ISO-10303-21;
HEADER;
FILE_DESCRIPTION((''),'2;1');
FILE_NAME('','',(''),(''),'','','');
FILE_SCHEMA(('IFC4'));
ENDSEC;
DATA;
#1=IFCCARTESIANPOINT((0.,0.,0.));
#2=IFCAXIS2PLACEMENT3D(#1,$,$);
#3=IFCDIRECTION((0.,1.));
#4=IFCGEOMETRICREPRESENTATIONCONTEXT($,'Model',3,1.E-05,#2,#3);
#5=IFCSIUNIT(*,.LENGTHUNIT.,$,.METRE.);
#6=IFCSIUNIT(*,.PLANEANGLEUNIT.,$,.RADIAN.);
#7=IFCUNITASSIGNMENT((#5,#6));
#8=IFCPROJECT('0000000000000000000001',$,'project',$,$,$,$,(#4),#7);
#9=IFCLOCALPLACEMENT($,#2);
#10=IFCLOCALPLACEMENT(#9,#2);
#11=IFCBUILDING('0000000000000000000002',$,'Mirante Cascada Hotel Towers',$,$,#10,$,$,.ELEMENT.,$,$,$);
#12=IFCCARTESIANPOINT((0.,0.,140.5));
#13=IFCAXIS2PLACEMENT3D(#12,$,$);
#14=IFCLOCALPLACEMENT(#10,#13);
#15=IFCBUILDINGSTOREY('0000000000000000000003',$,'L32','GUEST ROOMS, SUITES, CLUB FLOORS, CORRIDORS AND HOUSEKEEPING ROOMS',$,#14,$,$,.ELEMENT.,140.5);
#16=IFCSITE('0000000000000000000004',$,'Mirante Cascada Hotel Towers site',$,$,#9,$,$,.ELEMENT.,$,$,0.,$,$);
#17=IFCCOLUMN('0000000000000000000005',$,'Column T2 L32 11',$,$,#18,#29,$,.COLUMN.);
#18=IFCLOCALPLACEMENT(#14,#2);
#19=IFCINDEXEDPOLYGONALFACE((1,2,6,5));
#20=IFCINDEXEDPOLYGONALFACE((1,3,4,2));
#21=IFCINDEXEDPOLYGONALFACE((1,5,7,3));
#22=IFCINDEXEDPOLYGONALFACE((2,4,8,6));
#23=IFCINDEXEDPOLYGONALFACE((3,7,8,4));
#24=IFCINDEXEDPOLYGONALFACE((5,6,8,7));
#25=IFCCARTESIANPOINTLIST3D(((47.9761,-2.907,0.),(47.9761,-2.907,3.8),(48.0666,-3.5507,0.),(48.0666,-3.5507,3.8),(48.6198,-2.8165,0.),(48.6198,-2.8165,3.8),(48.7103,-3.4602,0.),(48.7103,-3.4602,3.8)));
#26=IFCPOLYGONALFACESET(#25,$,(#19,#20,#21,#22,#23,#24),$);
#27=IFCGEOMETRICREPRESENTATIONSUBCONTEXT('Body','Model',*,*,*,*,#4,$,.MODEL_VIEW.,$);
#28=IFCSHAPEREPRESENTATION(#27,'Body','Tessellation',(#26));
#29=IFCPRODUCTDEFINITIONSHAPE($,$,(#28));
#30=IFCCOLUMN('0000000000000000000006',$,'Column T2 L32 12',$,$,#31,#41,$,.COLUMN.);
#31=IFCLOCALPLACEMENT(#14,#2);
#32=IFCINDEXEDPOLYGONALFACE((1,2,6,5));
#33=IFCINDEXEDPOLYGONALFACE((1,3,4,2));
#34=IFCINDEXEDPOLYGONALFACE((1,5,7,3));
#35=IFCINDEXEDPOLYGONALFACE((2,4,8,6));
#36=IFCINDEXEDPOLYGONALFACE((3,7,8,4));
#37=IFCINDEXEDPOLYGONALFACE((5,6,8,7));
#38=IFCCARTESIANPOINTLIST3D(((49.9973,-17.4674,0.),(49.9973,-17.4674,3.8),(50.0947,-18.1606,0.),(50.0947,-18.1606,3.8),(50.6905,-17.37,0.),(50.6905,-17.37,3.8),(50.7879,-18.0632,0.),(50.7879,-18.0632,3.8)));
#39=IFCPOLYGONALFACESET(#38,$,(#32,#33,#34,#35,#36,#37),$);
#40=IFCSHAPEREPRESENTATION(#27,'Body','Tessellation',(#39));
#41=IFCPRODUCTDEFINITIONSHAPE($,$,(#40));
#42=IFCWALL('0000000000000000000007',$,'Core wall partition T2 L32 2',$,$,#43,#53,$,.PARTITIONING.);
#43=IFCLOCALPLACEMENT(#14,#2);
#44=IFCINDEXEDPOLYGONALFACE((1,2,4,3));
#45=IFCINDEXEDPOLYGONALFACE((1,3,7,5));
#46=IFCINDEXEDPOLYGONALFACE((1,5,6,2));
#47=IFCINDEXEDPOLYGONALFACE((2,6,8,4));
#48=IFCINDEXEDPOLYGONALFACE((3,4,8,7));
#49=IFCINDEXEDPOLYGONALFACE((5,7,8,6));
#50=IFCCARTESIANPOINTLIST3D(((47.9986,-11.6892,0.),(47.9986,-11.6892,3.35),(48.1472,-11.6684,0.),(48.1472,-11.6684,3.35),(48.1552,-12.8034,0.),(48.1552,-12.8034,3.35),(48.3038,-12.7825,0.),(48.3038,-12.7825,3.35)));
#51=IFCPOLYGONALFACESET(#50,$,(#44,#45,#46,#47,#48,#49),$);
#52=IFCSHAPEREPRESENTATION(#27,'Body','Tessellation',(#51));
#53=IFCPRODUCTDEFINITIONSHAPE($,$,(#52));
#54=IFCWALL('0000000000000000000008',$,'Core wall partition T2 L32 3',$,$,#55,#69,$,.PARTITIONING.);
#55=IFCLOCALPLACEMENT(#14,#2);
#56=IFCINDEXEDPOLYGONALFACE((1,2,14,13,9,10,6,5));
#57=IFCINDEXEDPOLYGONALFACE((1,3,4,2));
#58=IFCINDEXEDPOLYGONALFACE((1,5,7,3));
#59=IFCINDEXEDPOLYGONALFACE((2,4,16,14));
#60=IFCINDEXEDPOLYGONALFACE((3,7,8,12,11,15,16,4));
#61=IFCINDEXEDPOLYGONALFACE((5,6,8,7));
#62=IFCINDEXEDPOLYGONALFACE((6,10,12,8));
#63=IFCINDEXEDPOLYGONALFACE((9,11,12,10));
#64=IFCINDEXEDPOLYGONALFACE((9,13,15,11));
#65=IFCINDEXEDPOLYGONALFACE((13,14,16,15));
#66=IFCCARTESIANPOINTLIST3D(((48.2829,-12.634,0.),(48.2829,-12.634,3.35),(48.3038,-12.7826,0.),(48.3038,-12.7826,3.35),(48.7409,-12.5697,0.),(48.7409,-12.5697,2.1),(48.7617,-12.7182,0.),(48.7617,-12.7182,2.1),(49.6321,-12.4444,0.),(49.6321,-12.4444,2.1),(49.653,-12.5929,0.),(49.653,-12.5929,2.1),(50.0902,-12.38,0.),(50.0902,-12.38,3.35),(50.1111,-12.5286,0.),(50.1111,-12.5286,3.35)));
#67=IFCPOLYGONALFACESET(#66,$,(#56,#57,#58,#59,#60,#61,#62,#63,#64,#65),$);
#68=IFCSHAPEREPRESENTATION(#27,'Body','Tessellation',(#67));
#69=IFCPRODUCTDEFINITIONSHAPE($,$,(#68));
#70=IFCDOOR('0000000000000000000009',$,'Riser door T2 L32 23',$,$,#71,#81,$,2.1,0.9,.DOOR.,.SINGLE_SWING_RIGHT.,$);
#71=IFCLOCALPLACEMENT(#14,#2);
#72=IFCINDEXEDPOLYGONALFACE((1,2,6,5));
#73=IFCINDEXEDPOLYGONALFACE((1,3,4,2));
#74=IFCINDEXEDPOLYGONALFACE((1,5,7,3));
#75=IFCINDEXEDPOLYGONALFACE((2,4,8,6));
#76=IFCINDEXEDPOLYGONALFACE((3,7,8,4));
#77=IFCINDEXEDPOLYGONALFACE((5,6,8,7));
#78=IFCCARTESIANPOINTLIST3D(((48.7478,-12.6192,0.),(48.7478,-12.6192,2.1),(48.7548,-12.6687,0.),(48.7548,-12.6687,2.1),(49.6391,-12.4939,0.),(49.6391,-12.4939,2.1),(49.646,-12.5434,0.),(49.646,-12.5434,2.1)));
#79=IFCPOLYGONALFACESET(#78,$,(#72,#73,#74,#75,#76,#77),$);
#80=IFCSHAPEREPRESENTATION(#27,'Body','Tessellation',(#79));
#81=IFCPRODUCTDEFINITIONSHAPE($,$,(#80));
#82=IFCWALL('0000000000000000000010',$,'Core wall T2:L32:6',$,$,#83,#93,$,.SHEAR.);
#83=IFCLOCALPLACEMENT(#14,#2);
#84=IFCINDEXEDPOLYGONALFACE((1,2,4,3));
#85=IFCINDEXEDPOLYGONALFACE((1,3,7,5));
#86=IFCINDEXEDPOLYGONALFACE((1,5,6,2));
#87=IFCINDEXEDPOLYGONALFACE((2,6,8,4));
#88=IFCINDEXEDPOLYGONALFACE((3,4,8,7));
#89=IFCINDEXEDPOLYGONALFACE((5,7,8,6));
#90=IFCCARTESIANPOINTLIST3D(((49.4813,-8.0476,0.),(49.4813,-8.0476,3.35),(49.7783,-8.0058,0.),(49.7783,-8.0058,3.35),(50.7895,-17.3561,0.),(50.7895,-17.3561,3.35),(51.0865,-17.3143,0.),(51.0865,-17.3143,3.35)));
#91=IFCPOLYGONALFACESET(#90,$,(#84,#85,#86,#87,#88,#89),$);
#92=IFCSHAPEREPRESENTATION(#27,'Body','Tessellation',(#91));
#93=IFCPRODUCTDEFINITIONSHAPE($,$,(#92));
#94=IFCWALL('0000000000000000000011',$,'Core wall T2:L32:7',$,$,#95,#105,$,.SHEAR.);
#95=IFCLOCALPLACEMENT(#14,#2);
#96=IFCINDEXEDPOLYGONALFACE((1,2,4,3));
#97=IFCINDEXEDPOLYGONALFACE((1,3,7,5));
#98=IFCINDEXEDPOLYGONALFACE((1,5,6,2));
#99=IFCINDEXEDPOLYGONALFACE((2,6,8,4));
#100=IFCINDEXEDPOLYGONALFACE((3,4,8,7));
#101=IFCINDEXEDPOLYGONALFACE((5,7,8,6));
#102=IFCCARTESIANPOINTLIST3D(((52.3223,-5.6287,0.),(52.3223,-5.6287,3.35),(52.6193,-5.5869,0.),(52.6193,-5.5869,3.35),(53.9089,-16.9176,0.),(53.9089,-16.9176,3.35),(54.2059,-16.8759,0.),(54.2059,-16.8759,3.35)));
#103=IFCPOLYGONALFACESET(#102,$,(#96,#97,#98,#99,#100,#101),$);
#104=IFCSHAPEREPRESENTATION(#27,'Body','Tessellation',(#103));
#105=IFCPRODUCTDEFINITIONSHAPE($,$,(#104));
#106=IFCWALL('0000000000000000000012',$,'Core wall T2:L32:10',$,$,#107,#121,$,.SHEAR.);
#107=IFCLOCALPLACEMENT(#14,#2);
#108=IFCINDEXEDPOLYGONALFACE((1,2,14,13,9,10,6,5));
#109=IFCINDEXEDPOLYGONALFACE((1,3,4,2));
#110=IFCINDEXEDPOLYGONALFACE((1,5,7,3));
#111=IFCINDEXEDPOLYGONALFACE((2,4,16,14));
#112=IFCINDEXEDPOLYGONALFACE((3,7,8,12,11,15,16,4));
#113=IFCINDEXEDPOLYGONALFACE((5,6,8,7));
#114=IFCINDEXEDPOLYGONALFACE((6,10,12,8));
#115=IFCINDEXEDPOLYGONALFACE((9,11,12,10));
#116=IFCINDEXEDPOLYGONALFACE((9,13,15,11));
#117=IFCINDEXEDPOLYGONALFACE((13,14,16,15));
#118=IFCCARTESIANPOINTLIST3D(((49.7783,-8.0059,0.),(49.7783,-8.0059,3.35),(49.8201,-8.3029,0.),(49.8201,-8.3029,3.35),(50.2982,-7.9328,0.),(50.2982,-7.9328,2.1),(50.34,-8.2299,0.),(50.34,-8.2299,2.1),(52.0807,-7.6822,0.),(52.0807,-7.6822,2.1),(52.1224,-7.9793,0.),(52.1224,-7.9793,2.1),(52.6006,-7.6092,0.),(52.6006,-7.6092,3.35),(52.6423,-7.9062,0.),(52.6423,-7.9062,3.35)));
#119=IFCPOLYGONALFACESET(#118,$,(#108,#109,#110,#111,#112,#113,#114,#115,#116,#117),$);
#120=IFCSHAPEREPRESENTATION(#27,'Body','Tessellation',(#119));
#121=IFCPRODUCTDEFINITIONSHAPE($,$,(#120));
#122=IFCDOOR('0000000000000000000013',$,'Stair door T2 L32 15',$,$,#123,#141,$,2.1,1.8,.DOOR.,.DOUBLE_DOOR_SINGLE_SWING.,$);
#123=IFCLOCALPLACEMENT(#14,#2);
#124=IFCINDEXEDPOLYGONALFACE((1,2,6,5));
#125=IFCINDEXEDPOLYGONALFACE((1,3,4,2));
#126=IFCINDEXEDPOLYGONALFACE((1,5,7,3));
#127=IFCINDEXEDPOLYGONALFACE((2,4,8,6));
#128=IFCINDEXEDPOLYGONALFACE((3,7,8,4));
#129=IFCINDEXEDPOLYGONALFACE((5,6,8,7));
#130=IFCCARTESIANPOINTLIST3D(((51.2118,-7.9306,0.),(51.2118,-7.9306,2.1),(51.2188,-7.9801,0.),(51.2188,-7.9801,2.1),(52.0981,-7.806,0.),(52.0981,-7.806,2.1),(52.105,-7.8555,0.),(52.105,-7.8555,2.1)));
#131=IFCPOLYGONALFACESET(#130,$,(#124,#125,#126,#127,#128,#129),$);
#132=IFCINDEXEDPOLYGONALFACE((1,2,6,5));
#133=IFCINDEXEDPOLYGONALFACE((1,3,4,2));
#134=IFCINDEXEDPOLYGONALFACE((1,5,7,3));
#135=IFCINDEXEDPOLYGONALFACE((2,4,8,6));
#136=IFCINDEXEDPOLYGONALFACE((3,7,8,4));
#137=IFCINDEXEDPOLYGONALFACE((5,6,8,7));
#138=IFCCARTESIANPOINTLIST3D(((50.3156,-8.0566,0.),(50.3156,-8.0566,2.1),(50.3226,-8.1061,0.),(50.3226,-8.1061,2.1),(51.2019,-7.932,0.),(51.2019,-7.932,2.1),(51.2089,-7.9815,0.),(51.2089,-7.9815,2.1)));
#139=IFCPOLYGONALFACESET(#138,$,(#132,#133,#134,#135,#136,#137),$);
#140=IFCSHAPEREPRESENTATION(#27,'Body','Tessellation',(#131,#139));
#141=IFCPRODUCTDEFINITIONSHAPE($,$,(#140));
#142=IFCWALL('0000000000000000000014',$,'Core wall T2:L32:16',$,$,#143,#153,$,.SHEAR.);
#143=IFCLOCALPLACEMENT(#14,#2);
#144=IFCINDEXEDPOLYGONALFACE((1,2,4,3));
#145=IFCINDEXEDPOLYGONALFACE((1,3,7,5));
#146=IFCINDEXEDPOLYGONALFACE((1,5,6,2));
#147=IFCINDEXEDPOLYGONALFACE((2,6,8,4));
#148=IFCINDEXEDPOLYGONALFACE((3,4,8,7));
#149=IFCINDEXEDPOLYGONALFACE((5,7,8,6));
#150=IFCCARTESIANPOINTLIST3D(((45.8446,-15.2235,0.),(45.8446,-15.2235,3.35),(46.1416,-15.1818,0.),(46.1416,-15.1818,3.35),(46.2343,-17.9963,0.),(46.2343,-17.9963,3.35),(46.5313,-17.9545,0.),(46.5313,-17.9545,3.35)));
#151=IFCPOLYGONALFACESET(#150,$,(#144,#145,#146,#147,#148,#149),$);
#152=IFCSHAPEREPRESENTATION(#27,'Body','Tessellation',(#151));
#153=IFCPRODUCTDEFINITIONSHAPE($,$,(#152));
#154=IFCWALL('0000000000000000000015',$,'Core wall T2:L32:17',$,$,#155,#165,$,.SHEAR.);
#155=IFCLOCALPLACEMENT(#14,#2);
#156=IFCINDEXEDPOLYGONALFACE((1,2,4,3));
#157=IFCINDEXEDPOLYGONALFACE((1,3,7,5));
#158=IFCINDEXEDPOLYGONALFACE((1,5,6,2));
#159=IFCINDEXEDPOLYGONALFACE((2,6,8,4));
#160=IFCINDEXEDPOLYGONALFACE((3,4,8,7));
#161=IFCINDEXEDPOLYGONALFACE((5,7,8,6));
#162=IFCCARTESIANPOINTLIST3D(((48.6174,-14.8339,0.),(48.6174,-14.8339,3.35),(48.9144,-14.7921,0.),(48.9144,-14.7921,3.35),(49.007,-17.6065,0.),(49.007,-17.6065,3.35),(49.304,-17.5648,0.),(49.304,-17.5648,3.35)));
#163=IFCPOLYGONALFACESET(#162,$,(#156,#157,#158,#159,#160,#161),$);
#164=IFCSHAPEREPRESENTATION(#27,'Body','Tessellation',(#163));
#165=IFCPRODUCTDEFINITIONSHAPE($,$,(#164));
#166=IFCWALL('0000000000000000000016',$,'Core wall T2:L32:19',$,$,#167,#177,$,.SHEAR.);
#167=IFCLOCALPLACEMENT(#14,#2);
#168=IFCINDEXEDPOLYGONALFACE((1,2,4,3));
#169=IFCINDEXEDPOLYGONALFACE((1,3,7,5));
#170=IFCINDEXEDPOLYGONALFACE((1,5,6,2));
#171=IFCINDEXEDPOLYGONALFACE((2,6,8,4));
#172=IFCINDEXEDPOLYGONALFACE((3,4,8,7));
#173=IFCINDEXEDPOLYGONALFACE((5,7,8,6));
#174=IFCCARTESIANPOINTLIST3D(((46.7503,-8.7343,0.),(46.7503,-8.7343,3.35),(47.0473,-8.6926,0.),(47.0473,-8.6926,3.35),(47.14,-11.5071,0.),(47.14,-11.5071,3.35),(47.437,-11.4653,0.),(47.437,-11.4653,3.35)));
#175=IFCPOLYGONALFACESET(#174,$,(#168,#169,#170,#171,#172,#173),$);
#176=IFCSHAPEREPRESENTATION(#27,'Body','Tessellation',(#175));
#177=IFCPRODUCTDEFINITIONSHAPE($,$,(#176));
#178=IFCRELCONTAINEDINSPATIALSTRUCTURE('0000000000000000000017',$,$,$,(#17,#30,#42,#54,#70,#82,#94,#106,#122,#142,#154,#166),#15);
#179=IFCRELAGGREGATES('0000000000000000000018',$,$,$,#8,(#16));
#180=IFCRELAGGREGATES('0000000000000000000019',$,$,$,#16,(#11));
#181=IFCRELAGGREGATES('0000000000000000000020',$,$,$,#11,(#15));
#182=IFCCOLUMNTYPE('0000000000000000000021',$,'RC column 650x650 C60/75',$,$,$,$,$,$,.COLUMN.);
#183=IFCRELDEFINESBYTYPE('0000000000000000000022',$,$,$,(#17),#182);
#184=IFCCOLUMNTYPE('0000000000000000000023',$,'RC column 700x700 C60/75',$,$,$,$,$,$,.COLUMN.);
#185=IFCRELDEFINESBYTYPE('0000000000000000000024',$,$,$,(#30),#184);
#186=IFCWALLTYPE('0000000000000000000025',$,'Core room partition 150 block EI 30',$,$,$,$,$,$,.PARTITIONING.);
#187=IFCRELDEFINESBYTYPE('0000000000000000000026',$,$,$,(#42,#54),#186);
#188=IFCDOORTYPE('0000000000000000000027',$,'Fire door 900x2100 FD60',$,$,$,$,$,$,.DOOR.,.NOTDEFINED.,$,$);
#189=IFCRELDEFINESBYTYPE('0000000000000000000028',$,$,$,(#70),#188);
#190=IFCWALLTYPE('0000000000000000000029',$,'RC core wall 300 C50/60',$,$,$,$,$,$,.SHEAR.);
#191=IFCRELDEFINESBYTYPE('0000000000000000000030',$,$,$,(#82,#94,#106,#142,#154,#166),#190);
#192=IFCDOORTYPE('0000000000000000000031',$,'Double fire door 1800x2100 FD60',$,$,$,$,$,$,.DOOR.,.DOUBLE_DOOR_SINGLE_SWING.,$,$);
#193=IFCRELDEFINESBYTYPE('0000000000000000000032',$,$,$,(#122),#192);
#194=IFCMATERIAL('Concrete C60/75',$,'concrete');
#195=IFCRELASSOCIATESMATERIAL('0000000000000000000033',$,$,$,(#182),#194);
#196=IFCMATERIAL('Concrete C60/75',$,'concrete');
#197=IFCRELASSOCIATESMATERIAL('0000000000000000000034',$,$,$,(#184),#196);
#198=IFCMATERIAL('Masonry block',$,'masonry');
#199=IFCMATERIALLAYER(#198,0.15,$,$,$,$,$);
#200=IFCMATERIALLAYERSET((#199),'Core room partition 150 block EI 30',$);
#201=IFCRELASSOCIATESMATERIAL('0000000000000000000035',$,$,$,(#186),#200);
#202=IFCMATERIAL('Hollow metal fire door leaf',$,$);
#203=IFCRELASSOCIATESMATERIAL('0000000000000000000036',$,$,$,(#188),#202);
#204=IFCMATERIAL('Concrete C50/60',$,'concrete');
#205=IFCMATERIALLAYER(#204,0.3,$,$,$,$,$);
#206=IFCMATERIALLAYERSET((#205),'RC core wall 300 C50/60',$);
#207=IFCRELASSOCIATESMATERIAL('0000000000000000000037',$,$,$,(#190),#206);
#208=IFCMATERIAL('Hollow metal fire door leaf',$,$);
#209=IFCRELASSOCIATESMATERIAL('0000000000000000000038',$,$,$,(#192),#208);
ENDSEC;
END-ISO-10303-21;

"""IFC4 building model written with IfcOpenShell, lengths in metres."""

from ifc_helpers import new_model, si_unit, direction, frame, frame_2d, origin, origin_2d, place, context, subcontext, project, spatial, rectangle, extrude, material, layer, layer_set, material_profile, profile_set, type_object, element, fill, save


model = new_model("IFC4")

# Units and contexts
model_context = context("Model", 3, precision=1e-05, world=origin(), true_north=direction((0.0, 1.0)))
body_context = subcontext(model_context, "Body", "Model", "MODEL_VIEW")
ifc_project = project(units=[si_unit("LENGTHUNIT", "METRE"), si_unit("PLANEANGLEUNIT", "RADIAN")], contexts=[model_context])

# Site, building, storey
site_placement = place(None, origin())
site = spatial("IfcSite", under=ifc_project, at=site_placement, Name="Mirante Cascada Hotel Towers site", CompositionType="ELEMENT", RefElevation=0.0)
building_placement = place(site_placement, origin())
building = spatial("IfcBuilding", under=site, at=building_placement, Name="Mirante Cascada Hotel Towers", CompositionType="ELEMENT")
storey_placement = place(building_placement, frame((0.0, 0.0, 140.5)))
storey = spatial("IfcBuildingStorey", under=building, at=storey_placement, Name="L32", Description="GUEST ROOMS, SUITES, CLUB FLOORS, CORRIDORS AND HOUSEKEEPING ROOMS", CompositionType="ELEMENT", Elevation=140.5)

# Columns
ifc_material_1 = material(Name="Concrete C60/75", Category="concrete")
ifc_material_profile_1 = material_profile(ifc_material_1, rectangle(XDim=0.65, YDim=0.65, at=origin_2d()), Name="RC column 650x650 C60/75")
ifc_profile_set_1 = profile_set([ifc_material_profile_1], Name="Concrete C60/75")
column_type_1 = type_object("IfcColumnType", Name="RC column 650x650 C60/75", PredefinedType="COLUMN", material=ifc_profile_set_1)
column_1_placement = place(storey_placement, frame((48.3432, -3.1836, 0.0), z_axis=(0.0, 0.0, 1.0), x_axis=(0.990268, 0.139173, 0.0)))
element("IfcColumn", 1, at=column_1_placement, inside=storey, type_object=column_type_1, Name="Column T2 L32 11", PredefinedType="COLUMN", context=body_context, shape_type="SweptSolid", body=[
    extrude(rectangle(XDim=0.65, YDim=0.65, at=origin_2d()), origin(), (0.0, 0.0, 1.0), 3.8),
])
ifc_material_2 = material(Name="Concrete C60/75", Category="concrete")
ifc_material_profile_2 = material_profile(ifc_material_2, rectangle(XDim=0.7, YDim=0.7, at=origin_2d()), Name="RC column 700x700 C60/75")
ifc_profile_set_2 = profile_set([ifc_material_profile_2], Name="Concrete C60/75")
column_type_2 = type_object("IfcColumnType", Name="RC column 700x700 C60/75", PredefinedType="COLUMN", material=ifc_profile_set_2)
column_2_placement = place(storey_placement, frame((50.3926, -17.7653, 0.0), z_axis=(0.0, 0.0, 1.0), x_axis=(0.990268, 0.139173, 0.0)))
element("IfcColumn", 2, at=column_2_placement, inside=storey, type_object=column_type_2, Name="Column T2 L32 12", PredefinedType="COLUMN", context=body_context, shape_type="SweptSolid", body=[
    extrude(rectangle(XDim=0.7, YDim=0.7, at=origin_2d()), origin(), (0.0, 0.0, 1.0), 3.8),
])

# Wall
ifc_material_3 = material(Name="Masonry block", Category="masonry")
ifc_layer_1 = layer(ifc_material_3, 0.15)
ifc_layer_set_1 = layer_set([ifc_layer_1], Name="Core room partition 150 block EI 30")
wall_type_1 = type_object("IfcWallType", Name="Core room partition 150 block EI 30", PredefinedType="PARTITIONING", material=ifc_layer_set_1)
wall_1_placement = place(storey_placement, frame((48.2295, -12.793, 0.0), z_axis=(0.0, 0.0, 1.0), x_axis=(-0.139193, 0.990265, 0.0)))
element("IfcWall", 3, at=wall_1_placement, inside=storey, type_object=wall_type_1, Name="Core wall partition T2 L32 2", PredefinedType="PARTITIONING", context=body_context, shape_type="SweptSolid", body=[
    extrude(rectangle(XDim=1.1251, YDim=0.15, at=frame_2d((0.5626, 0.0))), origin(), (0.0, 0.0, 1.0), 3.35),
])

# Wall, opening, door
wall_2_placement = place(storey_placement, frame((48.2933, -12.7083, 0.0), z_axis=(0.0, 0.0, 1.0), x_axis=(0.990268, 0.139173, 0.0)))
wall_2 = element("IfcWall", 4, at=wall_2_placement, inside=storey, type_object=wall_type_1, Name="Core wall partition T2 L32 3", PredefinedType="PARTITIONING", context=body_context, shape_type="SweptSolid", body=[
    extrude(rectangle(XDim=1.8251, YDim=0.15, at=frame_2d((0.9126, 0.0))), origin(), (0.0, 0.0, 1.0), 3.35),
])
opening_1_placement = place(wall_2_placement, frame((0.4625, 0.0, 0.0)))
opening_1 = element("IfcOpeningElement", 5, at=opening_1_placement, cuts=wall_2, PredefinedType="OPENING", context=body_context, shape_type="SweptSolid", body=[
    extrude(rectangle(XDim=0.9, YDim=2.1, at=frame_2d((0.45, 1.05))), frame((0.0, 0.075, 0.0), z_axis=(0.0, -1.0, 0.0), x_axis=(1.0, 0.0, 0.0)), (0.0, 0.0, 1.0), 0.15),
])
ifc_material_4 = material(Name="Hollow metal fire door leaf")
door_type_1 = type_object("IfcDoorType", Name="Fire door 900x2100 FD60", OperationType="NOTDEFINED", PredefinedType="DOOR", material=ifc_material_4)
door_1_placement = place(opening_1_placement, frame((0.9, 0.0, 0.0), z_axis=(0.0, 0.0, 1.0), x_axis=(-1.0, 0.0, 0.0)))
door_1 = element("IfcDoor", 6, at=door_1_placement, inside=storey, type_object=door_type_1, Name="Riser door T2 L32 23", OperationType="SINGLE_SWING_RIGHT", OverallHeight=2.1, OverallWidth=0.9, PredefinedType="DOOR", context=body_context, shape_type="SweptSolid", body=[
    extrude(rectangle(XDim=0.9, YDim=2.1, at=frame_2d((0.45, 1.05))), frame((0.0, 0.025, 0.0), z_axis=(0.0, -1.0, 0.0), x_axis=(1.0, 0.0, 0.0)), (0.0, 0.0, 1.0), 0.05),
])
fill(opening_1, door_1)

# Walls
ifc_material_5 = material(Name="Concrete C50/60", Category="concrete")
ifc_layer_2 = layer(ifc_material_5, 0.3)
ifc_layer_set_2 = layer_set([ifc_layer_2], Name="RC core wall 300 C50/60")
wall_type_2 = type_object("IfcWallType", Name="RC core wall 300 C50/60", PredefinedType="SHEAR", material=ifc_layer_set_2)
wall_3_placement = place(storey_placement, frame((50.938, -17.3352, 0.0), z_axis=(0.0, 0.0, 1.0), x_axis=(-0.139171, 0.990268, 0.0)))
element("IfcWall", 7, at=wall_3_placement, inside=storey, type_object=wall_type_2, Name="Core wall T2:L32:6", PredefinedType="SHEAR", context=body_context, shape_type="SweptSolid", body=[
    extrude(rectangle(XDim=9.4, YDim=0.3, at=frame_2d((4.7, 0.0))), origin(), (0.0, 0.0, 1.0), 3.35),
])
wall_4_placement = place(storey_placement, frame((54.0574, -16.8968, 0.0), z_axis=(0.0, 0.0, 1.0), x_axis=(-0.139176, 0.990268, 0.0)))
element("IfcWall", 8, at=wall_4_placement, inside=storey, type_object=wall_type_2, Name="Core wall T2:L32:7", PredefinedType="SHEAR", context=body_context, shape_type="SweptSolid", body=[
    extrude(rectangle(XDim=11.3999, YDim=0.3, at=frame_2d((5.7, 0.0))), origin(), (0.0, 0.0, 1.0), 3.35),
])

# Wall, opening, door
wall_5_placement = place(storey_placement, frame((49.7992, -8.1544, 0.0), z_axis=(0.0, 0.0, 1.0), x_axis=(0.990266, 0.139191, 0.0)))
wall_5 = element("IfcWall", 9, at=wall_5_placement, inside=storey, type_object=wall_type_2, Name="Core wall T2:L32:10", PredefinedType="SHEAR", context=body_context, shape_type="SweptSolid", body=[
    extrude(rectangle(XDim=2.85, YDim=0.3, at=frame_2d((1.425, 0.0))), origin(), (0.0, 0.0, 1.0), 3.35),
])
opening_2_placement = place(wall_5_placement, frame((0.525, 0.0, 0.0)))
opening_2 = element("IfcOpeningElement", 10, at=opening_2_placement, cuts=wall_5, PredefinedType="OPENING", context=body_context, shape_type="SweptSolid", body=[
    extrude(rectangle(XDim=1.8, YDim=2.1, at=frame_2d((0.9, 1.05))), frame((0.0, 0.15, 0.0), z_axis=(0.0, -1.0, 0.0), x_axis=(1.0, 0.0, 0.0)), (0.0, 0.0, 1.0), 0.3),
])
ifc_material_6 = material(Name="Hollow metal fire door leaf")
door_type_2 = type_object("IfcDoorType", Name="Double fire door 1800x2100 FD60", OperationType="DOUBLE_DOOR_SINGLE_SWING", PredefinedType="DOOR", material=ifc_material_6)
door_2_placement = place(opening_2_placement, frame((1.8, 0.0, 0.0), z_axis=(0.0, 0.0, 1.0), x_axis=(-1.0, 0.0, 0.0)))
door_2 = element("IfcDoor", 11, at=door_2_placement, inside=storey, type_object=door_type_2, Name="Stair door T2 L32 15", OperationType="DOUBLE_DOOR_SINGLE_SWING", OverallHeight=2.1, OverallWidth=1.8, PredefinedType="DOOR", context=body_context, shape_type="SweptSolid", body=[
    extrude(rectangle(XDim=0.895, YDim=2.1, at=frame_2d((0.4475, 1.05))), frame((0.0, 0.025, 0.0), z_axis=(0.0, -1.0, 0.0), x_axis=(1.0, 0.0, 0.0)), (0.0, 0.0, 1.0), 0.05),
    extrude(rectangle(XDim=0.895, YDim=2.1, at=frame_2d((1.3525, 1.05))), frame((0.0, 0.025, 0.0), z_axis=(0.0, -1.0, 0.0), x_axis=(1.0, 0.0, 0.0)), (0.0, 0.0, 1.0), 0.05),
])
fill(opening_2, door_2)

# Walls
wall_6_placement = place(storey_placement, frame((46.3828, -17.9754, 0.0), z_axis=(0.0, 0.0, 1.0), x_axis=(-0.139181, 0.990267, 0.0)))
element("IfcWall", 12, at=wall_6_placement, inside=storey, type_object=wall_type_2, Name="Core wall T2:L32:16", PredefinedType="SHEAR", context=body_context, shape_type="SweptSolid", body=[
    extrude(rectangle(XDim=2.8, YDim=0.3, at=frame_2d((1.4, 0.0))), origin(), (0.0, 0.0, 1.0), 3.35),
])
wall_7_placement = place(storey_placement, frame((49.1555, -17.5857, 0.0), z_axis=(0.0, 0.0, 1.0), x_axis=(-0.139146, 0.990272, 0.0)))
element("IfcWall", 13, at=wall_7_placement, inside=storey, type_object=wall_type_2, Name="Core wall T2:L32:17", PredefinedType="SHEAR", context=body_context, shape_type="SweptSolid", body=[
    extrude(rectangle(XDim=2.7999, YDim=0.3, at=frame_2d((1.4, 0.0))), origin(), (0.0, 0.0, 1.0), 3.35),
])
wall_8_placement = place(storey_placement, frame((47.2885, -11.4862, 0.0), z_axis=(0.0, 0.0, 1.0), x_axis=(-0.139181, 0.990267, 0.0)))
element("IfcWall", 14, at=wall_8_placement, inside=storey, type_object=wall_type_2, Name="Core wall T2:L32:19", PredefinedType="SHEAR", context=body_context, shape_type="SweptSolid", body=[
    extrude(rectangle(XDim=2.8, YDim=0.3, at=frame_2d((1.4, 0.0))), origin(), (0.0, 0.0, 1.0), 3.35),
])

save(model, "model.ifc")
